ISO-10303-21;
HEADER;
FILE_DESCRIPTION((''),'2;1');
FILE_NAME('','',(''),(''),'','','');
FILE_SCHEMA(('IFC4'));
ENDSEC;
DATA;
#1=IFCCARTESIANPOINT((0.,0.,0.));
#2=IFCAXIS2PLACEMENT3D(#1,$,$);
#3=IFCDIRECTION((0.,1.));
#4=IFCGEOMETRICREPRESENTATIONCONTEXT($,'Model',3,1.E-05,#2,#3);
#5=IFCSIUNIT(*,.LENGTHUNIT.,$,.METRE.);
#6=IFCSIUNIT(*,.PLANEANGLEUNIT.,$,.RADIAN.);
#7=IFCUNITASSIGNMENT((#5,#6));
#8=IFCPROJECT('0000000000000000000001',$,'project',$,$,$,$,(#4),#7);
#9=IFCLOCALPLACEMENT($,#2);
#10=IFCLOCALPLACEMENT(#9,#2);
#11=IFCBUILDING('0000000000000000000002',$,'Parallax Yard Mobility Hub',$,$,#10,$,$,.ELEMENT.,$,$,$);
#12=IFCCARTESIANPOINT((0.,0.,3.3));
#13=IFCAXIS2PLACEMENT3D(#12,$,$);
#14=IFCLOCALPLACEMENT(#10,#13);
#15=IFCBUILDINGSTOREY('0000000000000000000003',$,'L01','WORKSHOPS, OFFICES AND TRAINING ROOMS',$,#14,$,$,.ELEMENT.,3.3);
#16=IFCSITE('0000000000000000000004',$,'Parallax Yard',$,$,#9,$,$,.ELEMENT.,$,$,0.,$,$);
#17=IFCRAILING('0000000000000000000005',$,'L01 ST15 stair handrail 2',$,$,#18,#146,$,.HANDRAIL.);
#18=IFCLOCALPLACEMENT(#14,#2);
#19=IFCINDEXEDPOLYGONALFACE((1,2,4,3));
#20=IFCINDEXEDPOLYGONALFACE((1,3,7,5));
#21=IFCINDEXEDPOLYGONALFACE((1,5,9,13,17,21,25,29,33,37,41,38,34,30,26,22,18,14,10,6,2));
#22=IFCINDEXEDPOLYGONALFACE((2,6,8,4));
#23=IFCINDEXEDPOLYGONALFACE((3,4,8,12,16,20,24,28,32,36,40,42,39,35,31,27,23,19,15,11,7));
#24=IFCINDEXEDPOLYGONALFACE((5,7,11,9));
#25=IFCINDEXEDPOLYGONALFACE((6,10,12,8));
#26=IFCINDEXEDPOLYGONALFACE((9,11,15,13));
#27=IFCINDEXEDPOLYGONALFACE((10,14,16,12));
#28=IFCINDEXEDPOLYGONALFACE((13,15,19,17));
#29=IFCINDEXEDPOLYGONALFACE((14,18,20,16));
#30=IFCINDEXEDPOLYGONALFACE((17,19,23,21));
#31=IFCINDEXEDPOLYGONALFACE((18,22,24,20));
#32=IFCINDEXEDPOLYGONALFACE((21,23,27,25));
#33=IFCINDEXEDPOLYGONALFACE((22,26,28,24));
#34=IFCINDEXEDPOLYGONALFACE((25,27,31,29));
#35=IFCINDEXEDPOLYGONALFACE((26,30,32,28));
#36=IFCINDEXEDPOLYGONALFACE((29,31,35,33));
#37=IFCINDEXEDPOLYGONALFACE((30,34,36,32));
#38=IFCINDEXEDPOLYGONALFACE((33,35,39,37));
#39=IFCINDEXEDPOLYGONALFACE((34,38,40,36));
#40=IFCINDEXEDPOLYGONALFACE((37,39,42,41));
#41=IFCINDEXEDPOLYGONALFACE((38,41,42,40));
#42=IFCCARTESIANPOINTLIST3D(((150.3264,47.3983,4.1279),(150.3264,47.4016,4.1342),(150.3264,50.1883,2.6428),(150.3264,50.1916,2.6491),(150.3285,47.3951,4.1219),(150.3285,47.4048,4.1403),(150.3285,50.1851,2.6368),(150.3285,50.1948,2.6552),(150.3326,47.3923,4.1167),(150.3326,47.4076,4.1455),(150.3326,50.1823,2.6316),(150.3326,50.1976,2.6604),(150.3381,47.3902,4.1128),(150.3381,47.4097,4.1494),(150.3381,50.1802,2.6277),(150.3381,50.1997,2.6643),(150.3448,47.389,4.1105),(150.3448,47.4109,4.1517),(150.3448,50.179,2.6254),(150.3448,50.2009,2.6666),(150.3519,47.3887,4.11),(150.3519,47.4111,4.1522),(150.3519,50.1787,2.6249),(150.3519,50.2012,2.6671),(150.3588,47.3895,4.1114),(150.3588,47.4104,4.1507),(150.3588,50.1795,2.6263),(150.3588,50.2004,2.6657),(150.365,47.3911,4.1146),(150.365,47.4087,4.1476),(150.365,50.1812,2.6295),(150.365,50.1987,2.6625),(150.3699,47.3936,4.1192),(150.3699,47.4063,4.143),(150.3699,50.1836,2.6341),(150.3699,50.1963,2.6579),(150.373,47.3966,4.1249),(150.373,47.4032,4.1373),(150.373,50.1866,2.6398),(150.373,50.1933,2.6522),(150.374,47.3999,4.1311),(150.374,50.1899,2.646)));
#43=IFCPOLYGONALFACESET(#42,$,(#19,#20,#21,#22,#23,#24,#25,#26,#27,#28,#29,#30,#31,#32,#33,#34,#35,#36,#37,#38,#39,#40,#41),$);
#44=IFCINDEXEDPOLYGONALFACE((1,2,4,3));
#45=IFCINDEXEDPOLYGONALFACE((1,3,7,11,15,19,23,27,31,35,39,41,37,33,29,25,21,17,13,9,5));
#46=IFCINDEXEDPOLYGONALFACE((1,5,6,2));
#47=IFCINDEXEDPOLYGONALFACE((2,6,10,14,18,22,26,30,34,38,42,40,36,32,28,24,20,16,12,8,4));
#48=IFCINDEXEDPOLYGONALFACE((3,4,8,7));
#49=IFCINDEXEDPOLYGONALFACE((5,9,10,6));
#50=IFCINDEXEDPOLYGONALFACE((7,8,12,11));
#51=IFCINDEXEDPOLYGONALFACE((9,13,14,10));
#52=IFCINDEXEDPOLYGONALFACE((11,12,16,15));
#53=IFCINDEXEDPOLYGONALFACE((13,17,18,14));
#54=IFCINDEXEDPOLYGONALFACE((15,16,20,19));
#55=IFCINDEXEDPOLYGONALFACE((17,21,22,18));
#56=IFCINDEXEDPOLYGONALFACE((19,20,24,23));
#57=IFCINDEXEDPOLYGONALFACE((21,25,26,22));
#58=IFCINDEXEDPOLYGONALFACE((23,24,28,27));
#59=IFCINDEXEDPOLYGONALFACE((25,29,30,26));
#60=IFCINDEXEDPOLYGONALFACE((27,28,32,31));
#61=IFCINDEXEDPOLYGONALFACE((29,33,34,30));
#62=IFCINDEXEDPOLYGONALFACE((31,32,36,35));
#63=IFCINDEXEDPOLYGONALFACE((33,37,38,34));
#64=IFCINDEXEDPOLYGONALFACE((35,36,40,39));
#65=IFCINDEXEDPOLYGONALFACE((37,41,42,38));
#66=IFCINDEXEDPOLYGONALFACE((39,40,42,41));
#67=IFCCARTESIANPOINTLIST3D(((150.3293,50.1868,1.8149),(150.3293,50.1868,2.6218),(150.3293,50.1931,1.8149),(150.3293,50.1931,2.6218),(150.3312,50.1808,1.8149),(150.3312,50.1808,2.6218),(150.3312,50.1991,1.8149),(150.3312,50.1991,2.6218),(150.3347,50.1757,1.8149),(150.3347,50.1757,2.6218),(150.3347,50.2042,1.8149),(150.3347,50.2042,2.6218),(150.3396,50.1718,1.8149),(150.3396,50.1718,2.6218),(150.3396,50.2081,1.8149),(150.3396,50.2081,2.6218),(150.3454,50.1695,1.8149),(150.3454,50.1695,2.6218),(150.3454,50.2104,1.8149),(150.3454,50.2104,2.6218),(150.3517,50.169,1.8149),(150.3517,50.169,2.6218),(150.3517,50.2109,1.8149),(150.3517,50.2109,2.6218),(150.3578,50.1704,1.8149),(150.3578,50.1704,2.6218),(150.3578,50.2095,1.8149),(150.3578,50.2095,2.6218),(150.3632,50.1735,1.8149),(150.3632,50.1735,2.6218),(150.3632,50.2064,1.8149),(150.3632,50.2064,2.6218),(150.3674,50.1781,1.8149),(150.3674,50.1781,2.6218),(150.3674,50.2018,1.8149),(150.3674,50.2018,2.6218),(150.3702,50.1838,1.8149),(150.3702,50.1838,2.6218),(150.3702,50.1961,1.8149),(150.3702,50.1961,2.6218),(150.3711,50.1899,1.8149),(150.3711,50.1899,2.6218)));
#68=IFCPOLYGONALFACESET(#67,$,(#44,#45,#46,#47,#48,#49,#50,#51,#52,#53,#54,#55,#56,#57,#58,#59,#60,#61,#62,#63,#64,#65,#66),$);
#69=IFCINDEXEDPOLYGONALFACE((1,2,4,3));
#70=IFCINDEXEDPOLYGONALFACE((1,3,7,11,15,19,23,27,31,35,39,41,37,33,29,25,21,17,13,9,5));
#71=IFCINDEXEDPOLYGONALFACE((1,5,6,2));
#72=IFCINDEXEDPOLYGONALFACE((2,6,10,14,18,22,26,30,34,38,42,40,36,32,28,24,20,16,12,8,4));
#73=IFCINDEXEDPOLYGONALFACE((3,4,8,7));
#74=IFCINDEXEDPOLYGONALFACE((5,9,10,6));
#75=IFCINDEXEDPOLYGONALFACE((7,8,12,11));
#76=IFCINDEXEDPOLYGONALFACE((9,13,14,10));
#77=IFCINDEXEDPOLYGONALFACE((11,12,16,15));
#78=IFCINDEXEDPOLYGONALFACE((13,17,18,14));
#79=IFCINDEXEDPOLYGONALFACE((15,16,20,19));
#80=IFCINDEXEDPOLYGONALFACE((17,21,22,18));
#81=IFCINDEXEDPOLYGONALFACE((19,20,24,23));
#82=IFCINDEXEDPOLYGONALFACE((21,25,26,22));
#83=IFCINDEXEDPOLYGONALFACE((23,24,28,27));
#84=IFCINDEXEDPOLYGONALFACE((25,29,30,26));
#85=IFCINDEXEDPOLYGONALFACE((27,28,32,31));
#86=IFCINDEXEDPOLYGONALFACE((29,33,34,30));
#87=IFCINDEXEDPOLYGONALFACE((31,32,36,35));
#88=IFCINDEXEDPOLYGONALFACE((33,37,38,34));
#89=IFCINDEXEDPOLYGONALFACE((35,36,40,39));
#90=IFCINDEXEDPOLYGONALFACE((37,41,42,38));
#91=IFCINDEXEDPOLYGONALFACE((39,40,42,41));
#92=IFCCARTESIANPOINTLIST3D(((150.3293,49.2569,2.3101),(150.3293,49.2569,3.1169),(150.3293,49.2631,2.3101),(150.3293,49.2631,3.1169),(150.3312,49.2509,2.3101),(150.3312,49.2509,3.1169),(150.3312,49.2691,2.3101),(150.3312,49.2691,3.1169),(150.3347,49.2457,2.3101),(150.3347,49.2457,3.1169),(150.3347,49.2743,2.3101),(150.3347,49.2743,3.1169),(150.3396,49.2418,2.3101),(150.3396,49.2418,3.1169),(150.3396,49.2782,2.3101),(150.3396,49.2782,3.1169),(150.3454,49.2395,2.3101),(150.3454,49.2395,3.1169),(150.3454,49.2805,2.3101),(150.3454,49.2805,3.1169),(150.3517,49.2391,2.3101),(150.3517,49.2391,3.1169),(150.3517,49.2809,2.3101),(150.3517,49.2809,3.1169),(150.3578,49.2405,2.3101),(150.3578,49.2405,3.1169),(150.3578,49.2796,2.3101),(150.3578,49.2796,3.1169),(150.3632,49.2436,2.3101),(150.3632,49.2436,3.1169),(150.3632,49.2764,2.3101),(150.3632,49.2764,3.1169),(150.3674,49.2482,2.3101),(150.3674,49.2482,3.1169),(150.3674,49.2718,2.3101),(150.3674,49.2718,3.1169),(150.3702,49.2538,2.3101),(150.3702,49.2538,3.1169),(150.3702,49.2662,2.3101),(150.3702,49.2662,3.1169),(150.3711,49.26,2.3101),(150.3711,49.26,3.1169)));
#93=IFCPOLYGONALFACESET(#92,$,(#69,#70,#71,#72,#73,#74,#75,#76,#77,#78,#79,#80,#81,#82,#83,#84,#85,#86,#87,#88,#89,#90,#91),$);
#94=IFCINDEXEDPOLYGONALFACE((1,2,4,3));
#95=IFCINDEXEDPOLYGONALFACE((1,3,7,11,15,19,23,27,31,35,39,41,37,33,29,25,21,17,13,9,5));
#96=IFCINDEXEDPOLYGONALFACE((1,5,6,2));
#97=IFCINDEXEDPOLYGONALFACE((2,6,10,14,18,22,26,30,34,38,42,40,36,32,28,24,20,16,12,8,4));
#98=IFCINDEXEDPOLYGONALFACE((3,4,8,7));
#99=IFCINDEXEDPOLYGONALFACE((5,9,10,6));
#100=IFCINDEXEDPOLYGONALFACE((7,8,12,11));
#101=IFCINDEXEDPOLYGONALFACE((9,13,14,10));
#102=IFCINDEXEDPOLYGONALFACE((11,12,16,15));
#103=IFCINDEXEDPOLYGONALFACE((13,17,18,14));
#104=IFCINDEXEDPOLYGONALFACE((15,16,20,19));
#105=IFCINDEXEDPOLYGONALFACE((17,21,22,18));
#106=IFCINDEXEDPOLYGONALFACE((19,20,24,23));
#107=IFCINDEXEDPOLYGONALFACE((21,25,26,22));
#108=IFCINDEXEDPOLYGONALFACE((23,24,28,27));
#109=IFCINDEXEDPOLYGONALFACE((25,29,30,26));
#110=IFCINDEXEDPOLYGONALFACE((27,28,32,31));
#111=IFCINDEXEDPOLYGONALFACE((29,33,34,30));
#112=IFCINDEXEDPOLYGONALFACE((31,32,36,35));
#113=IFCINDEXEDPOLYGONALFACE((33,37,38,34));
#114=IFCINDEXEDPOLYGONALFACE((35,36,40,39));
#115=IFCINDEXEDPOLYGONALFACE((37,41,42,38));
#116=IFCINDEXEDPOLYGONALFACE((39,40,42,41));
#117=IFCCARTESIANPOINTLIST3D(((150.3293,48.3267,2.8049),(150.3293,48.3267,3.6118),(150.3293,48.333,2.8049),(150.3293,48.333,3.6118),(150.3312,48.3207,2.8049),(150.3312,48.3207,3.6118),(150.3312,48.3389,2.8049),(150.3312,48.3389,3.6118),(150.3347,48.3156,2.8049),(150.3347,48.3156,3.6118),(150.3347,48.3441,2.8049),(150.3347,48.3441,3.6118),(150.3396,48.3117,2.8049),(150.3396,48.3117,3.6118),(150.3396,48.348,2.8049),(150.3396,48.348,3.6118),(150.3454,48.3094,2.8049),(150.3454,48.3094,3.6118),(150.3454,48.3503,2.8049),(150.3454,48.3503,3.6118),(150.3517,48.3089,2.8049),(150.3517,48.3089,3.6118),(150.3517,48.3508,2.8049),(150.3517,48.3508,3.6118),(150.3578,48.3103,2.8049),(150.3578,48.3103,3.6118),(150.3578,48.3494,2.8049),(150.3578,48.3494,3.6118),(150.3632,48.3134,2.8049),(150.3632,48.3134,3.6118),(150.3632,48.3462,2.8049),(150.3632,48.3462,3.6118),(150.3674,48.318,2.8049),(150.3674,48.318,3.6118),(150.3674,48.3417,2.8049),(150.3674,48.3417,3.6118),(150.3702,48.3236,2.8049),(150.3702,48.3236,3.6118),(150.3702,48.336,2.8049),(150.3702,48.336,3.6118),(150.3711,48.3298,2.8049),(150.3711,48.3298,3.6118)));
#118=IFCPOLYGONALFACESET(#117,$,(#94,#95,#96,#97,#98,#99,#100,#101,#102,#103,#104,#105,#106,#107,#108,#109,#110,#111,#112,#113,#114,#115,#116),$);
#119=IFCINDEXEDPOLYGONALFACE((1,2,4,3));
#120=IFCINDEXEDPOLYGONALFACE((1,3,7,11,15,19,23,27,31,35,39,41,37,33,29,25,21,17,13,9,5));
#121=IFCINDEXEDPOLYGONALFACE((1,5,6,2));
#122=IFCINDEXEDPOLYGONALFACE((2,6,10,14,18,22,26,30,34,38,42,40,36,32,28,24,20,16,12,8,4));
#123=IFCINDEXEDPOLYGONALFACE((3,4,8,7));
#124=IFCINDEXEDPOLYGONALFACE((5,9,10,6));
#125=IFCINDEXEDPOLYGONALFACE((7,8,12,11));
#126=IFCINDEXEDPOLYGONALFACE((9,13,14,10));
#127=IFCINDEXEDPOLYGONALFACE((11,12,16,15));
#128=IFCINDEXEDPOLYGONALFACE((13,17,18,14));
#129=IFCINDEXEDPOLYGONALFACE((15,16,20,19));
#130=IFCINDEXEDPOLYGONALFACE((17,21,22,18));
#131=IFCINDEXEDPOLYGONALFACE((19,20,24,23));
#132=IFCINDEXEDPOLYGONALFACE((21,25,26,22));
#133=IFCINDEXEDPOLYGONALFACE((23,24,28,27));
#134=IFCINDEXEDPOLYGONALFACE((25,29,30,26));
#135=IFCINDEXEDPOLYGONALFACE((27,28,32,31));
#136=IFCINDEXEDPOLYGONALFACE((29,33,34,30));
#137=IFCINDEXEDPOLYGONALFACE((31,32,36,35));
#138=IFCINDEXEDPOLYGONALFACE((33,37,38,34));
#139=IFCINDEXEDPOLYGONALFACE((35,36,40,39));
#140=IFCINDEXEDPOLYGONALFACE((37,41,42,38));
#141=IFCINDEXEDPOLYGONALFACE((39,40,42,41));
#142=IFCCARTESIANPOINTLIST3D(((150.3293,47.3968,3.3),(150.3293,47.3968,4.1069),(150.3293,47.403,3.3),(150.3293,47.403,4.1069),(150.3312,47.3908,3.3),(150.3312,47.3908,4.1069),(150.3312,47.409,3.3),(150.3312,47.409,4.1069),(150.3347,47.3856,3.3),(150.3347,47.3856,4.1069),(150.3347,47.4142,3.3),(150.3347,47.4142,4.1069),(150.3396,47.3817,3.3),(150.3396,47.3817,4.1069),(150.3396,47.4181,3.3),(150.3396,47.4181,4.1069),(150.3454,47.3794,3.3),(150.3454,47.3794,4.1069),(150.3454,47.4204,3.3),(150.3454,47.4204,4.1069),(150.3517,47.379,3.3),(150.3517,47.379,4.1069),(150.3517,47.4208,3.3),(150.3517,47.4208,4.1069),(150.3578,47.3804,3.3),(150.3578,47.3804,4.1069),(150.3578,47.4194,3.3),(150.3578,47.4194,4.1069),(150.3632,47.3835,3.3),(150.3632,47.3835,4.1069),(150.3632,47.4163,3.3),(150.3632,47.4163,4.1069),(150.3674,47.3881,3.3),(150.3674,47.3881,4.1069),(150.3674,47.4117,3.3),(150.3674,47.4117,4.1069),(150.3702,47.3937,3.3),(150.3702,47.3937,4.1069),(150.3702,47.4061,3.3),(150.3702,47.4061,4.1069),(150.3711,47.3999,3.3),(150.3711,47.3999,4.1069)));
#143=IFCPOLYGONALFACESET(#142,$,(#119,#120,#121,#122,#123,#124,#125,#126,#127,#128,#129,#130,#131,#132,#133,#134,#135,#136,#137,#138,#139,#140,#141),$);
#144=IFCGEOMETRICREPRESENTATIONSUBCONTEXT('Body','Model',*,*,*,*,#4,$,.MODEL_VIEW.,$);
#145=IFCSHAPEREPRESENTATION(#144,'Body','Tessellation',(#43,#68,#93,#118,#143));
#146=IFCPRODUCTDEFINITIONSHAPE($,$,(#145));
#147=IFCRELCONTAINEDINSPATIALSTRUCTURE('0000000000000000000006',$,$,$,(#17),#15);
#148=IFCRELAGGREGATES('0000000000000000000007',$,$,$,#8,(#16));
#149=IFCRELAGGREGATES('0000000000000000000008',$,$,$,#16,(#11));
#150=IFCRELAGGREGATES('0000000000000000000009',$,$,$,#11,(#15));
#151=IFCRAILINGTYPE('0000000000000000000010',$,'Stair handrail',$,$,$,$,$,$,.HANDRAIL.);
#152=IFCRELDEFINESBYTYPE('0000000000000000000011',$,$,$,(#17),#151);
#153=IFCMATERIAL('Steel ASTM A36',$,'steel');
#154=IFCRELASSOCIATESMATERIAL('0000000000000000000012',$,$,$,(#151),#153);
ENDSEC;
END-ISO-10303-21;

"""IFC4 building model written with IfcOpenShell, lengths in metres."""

from ifc_helpers import new_model, si_unit, direction, frame, origin, origin_2d, place, context, subcontext, project, spatial, circle, extrude, material, type_object, element, save


model = new_model("IFC4")

# Units and contexts
model_context = context("Model", 3, precision=1e-05, world=origin(), true_north=direction((0.0, 1.0)))
body_context = subcontext(model_context, "Body", "Model", "MODEL_VIEW")
ifc_project = project(units=[si_unit("LENGTHUNIT", "METRE"), si_unit("PLANEANGLEUNIT", "RADIAN")], contexts=[model_context])

# Site, building, storey
site_placement = place(None, origin())
site = spatial("IfcSite", under=ifc_project, at=site_placement, Name="Parallax Yard", CompositionType="ELEMENT", RefElevation=0.0)
building_placement = place(site_placement, origin())
building = spatial("IfcBuilding", under=site, at=building_placement, Name="Parallax Yard Mobility Hub", CompositionType="ELEMENT")
storey_placement = place(building_placement, frame((0.0, 0.0, 3.3)))
storey = spatial("IfcBuildingStorey", under=building, at=storey_placement, Name="L01", Description="WORKSHOPS, OFFICES AND TRAINING ROOMS", CompositionType="ELEMENT", Elevation=3.3)

# Railing
ifc_material_1 = material(Name="Steel ASTM A36", Category="steel")
railing_type_1 = type_object("IfcRailingType", Name="Stair handrail", PredefinedType="HANDRAIL", material=ifc_material_1)
for number, where, name in (
    (1, (150.3501, 50.1899, 1.8149), "L01 ST15 stair handrail 2"),
):
    element("IfcRailing", number, at=place(storey_placement, frame(where)), inside=storey, type_object=railing_type_1, Name=name, PredefinedType="HANDRAIL", context=body_context, shape_type="SweptSolid", body=[
        extrude(circle(Radius=0.0239, at=origin_2d()), frame((0.0, 0.0, 0.8311), z_axis=(0.0, -0.882735, 0.46987), x_axis=(1.0, 0.0, 0.0)), (0.0, 0.0, 1.0), 3.1606),
        extrude(circle(Radius=0.021, at=origin_2d()), origin(), (0.0, 0.0, 1.0), 0.8069),
        extrude(circle(Radius=0.021, at=origin_2d()), frame((0.0, -0.9299, 0.4951)), (0.0, 0.0, 1.0), 0.8069),
        extrude(circle(Radius=0.021, at=origin_2d()), frame((0.0, -1.8601, 0.99)), (0.0, 0.0, 1.0), 0.8069),
        extrude(circle(Radius=0.021, at=origin_2d()), frame((0.0, -2.79, 1.4851)), (0.0, 0.0, 1.0), 0.8069),
    ])

save(model, "model.ifc")
